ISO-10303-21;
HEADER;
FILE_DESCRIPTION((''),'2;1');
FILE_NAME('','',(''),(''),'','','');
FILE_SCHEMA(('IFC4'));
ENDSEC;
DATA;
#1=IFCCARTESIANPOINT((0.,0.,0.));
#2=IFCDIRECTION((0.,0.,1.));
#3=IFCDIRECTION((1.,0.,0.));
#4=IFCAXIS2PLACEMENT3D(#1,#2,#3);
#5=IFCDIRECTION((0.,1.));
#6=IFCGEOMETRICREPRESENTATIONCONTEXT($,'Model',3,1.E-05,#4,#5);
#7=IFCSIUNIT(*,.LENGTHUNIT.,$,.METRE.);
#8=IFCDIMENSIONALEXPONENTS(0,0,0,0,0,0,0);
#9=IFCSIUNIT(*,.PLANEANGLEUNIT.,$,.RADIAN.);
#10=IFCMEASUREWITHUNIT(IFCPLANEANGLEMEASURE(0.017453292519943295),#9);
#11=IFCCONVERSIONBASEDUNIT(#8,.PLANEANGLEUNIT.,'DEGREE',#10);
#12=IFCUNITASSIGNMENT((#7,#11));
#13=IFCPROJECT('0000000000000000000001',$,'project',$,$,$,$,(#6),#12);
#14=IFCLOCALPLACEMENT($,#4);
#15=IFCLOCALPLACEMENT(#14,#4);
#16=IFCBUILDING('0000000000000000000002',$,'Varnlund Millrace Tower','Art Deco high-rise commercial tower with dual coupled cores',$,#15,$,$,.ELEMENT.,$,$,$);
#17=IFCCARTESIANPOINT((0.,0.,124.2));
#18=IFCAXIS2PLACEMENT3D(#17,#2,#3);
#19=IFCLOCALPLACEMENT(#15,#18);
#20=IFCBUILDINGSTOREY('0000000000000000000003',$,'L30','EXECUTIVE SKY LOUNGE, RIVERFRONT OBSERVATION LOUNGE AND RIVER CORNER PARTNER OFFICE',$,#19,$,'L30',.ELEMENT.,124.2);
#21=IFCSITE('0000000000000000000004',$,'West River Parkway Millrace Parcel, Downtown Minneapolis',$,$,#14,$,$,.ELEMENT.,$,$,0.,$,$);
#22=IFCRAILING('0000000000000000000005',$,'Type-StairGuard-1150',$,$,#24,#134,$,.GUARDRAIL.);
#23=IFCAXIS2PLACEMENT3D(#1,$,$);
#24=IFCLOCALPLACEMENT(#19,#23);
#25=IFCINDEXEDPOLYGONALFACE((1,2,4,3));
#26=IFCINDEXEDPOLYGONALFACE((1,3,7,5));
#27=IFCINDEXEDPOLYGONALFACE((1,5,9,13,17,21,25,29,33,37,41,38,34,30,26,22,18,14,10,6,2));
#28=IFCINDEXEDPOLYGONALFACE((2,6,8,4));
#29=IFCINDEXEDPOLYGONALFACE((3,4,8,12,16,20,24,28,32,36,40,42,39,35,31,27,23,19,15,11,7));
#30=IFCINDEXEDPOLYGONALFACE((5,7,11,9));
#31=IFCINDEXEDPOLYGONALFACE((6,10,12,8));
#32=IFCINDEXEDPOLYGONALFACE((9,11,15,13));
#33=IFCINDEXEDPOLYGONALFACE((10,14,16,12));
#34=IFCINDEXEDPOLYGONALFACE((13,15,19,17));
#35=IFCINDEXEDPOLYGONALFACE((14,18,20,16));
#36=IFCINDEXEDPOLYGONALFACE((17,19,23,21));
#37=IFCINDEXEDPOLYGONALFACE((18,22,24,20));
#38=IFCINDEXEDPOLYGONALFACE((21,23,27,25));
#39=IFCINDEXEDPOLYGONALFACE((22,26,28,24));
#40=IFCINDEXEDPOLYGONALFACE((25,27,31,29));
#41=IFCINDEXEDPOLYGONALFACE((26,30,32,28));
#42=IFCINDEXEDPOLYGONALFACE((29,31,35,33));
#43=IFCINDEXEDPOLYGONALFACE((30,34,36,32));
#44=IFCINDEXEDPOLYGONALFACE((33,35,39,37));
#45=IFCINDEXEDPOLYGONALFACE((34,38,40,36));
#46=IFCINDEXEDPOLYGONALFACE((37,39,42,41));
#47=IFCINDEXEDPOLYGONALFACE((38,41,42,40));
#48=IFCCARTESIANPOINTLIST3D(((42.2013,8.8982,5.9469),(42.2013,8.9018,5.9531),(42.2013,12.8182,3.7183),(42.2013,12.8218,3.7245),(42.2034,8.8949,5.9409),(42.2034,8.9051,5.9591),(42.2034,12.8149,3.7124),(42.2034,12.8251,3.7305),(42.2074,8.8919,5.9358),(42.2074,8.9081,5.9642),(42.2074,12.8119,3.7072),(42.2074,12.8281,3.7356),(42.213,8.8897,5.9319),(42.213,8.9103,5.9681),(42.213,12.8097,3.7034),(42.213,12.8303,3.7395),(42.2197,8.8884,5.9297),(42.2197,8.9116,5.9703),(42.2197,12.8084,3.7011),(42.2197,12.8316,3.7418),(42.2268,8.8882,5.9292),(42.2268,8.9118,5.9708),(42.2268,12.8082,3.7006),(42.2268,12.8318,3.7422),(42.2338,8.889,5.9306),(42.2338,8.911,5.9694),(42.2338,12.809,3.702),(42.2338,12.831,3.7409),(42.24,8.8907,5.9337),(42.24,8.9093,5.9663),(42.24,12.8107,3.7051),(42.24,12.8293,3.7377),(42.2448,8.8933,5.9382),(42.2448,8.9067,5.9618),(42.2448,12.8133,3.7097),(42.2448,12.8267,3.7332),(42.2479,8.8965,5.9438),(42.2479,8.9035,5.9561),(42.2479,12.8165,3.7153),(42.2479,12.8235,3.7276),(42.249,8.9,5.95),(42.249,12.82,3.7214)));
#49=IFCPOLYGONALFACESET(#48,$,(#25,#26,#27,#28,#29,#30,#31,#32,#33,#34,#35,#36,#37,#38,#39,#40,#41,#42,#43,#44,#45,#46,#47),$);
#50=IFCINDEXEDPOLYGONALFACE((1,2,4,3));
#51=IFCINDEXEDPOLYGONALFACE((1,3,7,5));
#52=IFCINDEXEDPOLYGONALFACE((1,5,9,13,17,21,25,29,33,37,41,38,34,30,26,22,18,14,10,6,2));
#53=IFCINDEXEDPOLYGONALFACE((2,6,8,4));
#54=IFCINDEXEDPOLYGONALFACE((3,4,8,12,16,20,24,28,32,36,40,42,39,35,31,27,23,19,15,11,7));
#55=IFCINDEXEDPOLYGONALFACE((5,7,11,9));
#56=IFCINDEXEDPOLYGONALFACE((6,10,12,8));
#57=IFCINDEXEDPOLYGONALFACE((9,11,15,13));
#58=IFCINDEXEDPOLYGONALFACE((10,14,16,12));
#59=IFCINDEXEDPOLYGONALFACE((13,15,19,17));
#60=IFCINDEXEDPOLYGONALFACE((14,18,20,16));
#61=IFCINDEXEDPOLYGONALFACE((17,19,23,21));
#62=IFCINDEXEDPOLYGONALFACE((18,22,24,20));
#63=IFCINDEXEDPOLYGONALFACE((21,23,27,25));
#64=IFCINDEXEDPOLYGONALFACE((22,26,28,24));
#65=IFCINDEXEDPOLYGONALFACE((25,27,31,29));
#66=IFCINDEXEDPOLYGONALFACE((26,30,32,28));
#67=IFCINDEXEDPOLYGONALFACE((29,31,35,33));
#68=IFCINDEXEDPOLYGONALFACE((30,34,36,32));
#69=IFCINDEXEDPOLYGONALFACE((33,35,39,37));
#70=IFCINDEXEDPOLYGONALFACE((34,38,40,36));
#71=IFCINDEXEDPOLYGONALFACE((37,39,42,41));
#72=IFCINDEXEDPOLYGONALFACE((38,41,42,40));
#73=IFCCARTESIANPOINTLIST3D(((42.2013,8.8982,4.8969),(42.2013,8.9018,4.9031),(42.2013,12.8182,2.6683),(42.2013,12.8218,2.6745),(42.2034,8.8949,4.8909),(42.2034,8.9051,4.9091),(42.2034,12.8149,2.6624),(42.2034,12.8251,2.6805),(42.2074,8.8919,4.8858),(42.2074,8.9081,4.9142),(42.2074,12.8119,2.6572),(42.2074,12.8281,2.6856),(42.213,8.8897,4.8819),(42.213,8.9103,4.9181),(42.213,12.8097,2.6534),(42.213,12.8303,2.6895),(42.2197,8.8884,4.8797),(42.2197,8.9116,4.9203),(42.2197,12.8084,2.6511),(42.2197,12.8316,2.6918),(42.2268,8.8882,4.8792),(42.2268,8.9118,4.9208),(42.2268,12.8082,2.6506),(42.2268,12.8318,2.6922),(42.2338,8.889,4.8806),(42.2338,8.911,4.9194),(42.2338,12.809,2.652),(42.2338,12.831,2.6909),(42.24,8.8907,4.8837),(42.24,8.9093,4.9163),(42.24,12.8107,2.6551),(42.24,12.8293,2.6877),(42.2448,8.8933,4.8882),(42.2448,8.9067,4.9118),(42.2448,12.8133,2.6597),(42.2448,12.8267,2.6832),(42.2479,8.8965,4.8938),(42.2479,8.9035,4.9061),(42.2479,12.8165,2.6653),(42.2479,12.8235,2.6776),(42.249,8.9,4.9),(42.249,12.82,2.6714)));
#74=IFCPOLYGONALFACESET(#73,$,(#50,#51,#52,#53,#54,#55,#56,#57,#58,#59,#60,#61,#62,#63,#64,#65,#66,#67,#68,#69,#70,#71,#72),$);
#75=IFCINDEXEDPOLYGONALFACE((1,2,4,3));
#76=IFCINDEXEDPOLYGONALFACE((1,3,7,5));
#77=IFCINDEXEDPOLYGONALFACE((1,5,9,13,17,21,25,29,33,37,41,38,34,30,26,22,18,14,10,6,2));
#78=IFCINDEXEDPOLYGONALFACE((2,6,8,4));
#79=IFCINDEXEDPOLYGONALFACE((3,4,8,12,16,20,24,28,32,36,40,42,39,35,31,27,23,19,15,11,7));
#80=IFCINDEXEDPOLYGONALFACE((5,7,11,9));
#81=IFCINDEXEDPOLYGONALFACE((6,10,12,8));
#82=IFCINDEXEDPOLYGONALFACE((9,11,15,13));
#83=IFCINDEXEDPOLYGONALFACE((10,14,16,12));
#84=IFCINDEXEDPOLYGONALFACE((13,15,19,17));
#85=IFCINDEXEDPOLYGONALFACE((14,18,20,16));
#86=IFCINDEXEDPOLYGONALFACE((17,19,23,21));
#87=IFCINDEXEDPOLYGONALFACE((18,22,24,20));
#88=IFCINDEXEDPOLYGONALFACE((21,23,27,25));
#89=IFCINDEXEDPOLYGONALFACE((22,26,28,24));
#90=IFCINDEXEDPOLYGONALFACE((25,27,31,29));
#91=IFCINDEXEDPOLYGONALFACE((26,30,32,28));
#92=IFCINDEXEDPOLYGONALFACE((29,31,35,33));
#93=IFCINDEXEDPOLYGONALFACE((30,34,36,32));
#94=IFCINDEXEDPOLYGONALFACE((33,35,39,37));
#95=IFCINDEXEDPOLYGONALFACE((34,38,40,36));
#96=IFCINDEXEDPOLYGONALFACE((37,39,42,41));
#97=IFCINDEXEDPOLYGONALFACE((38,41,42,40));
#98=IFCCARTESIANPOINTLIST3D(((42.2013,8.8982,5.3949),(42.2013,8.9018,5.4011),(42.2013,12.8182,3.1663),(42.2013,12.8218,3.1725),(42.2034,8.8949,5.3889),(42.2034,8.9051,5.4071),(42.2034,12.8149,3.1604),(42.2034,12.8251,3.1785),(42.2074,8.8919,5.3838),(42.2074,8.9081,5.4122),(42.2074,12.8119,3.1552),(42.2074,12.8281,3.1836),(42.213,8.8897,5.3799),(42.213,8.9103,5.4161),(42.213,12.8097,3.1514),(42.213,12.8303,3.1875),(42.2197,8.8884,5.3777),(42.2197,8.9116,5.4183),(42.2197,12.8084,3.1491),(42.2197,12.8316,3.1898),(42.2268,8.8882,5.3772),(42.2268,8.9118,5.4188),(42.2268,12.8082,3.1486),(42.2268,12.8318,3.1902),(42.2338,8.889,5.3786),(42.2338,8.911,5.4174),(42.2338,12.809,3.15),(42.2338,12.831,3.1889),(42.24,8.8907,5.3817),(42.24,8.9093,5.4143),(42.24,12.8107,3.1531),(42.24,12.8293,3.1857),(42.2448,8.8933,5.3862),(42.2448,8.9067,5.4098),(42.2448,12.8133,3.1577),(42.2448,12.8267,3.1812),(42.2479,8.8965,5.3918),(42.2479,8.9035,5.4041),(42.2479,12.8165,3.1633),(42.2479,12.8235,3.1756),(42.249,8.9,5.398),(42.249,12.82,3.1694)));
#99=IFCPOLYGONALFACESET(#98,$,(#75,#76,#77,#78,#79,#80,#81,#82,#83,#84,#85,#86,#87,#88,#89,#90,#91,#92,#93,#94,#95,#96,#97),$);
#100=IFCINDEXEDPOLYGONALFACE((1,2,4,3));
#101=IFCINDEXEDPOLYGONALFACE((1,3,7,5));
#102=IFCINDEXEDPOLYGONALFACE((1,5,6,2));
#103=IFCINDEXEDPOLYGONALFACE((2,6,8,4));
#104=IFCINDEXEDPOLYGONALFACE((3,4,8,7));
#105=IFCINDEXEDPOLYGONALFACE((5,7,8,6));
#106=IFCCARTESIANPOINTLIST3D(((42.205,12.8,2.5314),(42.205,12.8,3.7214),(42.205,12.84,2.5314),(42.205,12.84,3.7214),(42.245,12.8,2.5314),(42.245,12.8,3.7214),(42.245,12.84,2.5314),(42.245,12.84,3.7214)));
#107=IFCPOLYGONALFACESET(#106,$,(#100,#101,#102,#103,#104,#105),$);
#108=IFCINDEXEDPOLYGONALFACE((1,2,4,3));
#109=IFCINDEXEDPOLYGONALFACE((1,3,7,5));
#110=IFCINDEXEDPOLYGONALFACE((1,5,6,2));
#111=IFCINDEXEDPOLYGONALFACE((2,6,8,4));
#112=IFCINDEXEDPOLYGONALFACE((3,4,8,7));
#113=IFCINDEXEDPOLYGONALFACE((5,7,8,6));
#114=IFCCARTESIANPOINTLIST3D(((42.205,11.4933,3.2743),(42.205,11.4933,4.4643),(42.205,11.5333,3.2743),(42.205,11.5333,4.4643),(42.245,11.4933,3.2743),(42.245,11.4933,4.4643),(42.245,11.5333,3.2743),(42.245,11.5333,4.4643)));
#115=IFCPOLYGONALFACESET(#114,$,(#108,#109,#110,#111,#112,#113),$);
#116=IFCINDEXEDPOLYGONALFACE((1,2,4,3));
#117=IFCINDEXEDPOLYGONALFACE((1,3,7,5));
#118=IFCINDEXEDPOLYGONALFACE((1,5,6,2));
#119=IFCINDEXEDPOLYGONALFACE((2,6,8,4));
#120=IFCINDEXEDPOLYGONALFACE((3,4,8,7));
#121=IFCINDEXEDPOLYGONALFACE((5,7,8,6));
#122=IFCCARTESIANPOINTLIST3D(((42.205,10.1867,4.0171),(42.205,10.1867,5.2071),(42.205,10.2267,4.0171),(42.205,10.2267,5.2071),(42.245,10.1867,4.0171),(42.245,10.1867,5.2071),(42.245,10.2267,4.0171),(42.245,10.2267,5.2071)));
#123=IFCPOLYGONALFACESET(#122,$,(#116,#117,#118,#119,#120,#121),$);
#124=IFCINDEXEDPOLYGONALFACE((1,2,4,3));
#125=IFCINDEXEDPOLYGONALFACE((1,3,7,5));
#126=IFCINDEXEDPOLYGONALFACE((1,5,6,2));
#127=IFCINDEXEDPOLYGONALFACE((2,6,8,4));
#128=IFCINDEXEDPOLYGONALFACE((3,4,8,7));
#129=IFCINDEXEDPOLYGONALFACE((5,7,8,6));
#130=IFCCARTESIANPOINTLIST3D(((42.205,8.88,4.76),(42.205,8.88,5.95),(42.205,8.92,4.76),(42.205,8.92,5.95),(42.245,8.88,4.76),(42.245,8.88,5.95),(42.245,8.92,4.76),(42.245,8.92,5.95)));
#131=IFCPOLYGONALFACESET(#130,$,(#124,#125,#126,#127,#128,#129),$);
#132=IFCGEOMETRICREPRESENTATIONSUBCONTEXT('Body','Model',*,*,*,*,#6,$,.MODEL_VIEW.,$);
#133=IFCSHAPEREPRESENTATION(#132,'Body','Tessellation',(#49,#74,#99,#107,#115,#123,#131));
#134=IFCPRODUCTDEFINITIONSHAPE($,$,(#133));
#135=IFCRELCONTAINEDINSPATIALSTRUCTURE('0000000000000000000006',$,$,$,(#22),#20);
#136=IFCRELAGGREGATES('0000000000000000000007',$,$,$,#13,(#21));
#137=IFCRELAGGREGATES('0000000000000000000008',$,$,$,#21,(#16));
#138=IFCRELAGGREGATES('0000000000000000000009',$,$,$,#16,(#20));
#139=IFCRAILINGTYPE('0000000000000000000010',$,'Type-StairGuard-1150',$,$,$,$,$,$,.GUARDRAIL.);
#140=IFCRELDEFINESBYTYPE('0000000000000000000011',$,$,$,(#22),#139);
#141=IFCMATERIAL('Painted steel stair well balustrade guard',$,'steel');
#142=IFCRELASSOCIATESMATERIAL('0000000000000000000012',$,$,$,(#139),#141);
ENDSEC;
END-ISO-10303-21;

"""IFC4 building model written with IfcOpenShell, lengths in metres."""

from ifc_helpers import new_model, entity, si_unit, converted_unit, direction, frame, origin_with_axes, origin_2d_with_axis, place, context, subcontext, project, spatial, rectangle, circle, extrude, material, type_object, element, save


model = new_model("IFC4")

# Units and contexts
model_context = context("Model", 3, precision=1e-05, world=origin_with_axes(), true_north=direction((0.0, 1.0)))
body_context = subcontext(model_context, "Body", "Model", "MODEL_VIEW")
ifc_project = project(units=[si_unit("LENGTHUNIT", "METRE"), converted_unit("PLANEANGLEUNIT", "DEGREE", entity("IfcPlaneAngleMeasure", 0.017453292519943295), si_unit("PLANEANGLEUNIT", "RADIAN"), dimensions=[0, 0, 0, 0, 0, 0, 0])], contexts=[model_context])

# Site, building, storey
site_placement = place(None, origin_with_axes())
site = spatial("IfcSite", under=ifc_project, at=site_placement, Name="West River Parkway Millrace Parcel, Downtown Minneapolis", CompositionType="ELEMENT", RefElevation=0.0)
building_placement = place(site_placement, origin_with_axes())
building = spatial("IfcBuilding", under=site, at=building_placement, Name="Varnlund Millrace Tower", Description="Art Deco high-rise commercial tower with dual coupled cores", CompositionType="ELEMENT")
storey_placement = place(building_placement, frame((0.0, 0.0, 124.2), z_axis=(0.0, 0.0, 1.0), x_axis=(1.0, 0.0, 0.0)))
storey = spatial("IfcBuildingStorey", under=building, at=storey_placement, Name="L30", Description="EXECUTIVE SKY LOUNGE, RIVERFRONT OBSERVATION LOUNGE AND RIVER CORNER PARTNER OFFICE", LongName="L30", CompositionType="ELEMENT", Elevation=124.2)

# Railing
ifc_material_1 = material(Name="Painted steel stair well balustrade guard", Category="steel")
railing_type_1 = type_object("IfcRailingType", Name="Type-StairGuard-1150", PredefinedType="GUARDRAIL", material=ifc_material_1)
railing_1_placement = place(storey_placement, frame((0.0, 0.0, -124.2), z_axis=(0.0, 0.0, 1.0), x_axis=(1.0, 0.0, 0.0)))
element("IfcRailing", 1, at=railing_1_placement, inside=storey, type_object=railing_type_1, Name="Type-StairGuard-1150", PredefinedType="GUARDRAIL", context=body_context, shape_type="SweptSolid", body=[
    extrude(circle(Radius=0.024, at=origin_2d_with_axis()), frame((42.225, 12.82, 127.9214), z_axis=(0.0, -0.869333, 0.494227), x_axis=(1.0, 0.0, 0.0)), (0.0, 0.0, 1.0), 4.5092),
    extrude(circle(Radius=0.024, at=origin_2d_with_axis()), frame((42.225, 12.82, 126.8714), z_axis=(0.0, -0.869333, 0.494227), x_axis=(1.0, 0.0, 0.0)), (0.0, 0.0, 1.0), 4.5092),
    extrude(circle(Radius=0.024, at=origin_2d_with_axis()), frame((42.225, 12.82, 127.3694), z_axis=(0.0, -0.869333, 0.494227), x_axis=(1.0, 0.0, 0.0)), (0.0, 0.0, 1.0), 4.5092),
    extrude(rectangle(XDim=0.04, YDim=0.04, at=origin_2d_with_axis()), frame((42.225, 12.82, 126.7314), z_axis=(0.0, 0.0, 1.0), x_axis=(1.0, 0.0, 0.0)), (0.0, 0.0, 1.0), 1.19),
    extrude(rectangle(XDim=0.04, YDim=0.04, at=origin_2d_with_axis()), frame((42.225, 11.5133, 127.4743), z_axis=(0.0, 0.0, 1.0), x_axis=(1.0, 0.0, 0.0)), (0.0, 0.0, 1.0), 1.19),
    extrude(rectangle(XDim=0.04, YDim=0.04, at=origin_2d_with_axis()), frame((42.225, 10.2067, 128.2171), z_axis=(0.0, 0.0, 1.0), x_axis=(1.0, 0.0, 0.0)), (0.0, 0.0, 1.0), 1.19),
    extrude(rectangle(XDim=0.04, YDim=0.04, at=origin_2d_with_axis()), frame((42.225, 8.9, 128.96), z_axis=(0.0, 0.0, 1.0), x_axis=(1.0, 0.0, 0.0)), (0.0, 0.0, 1.0), 1.19),
])

save(model, "model.ifc")
